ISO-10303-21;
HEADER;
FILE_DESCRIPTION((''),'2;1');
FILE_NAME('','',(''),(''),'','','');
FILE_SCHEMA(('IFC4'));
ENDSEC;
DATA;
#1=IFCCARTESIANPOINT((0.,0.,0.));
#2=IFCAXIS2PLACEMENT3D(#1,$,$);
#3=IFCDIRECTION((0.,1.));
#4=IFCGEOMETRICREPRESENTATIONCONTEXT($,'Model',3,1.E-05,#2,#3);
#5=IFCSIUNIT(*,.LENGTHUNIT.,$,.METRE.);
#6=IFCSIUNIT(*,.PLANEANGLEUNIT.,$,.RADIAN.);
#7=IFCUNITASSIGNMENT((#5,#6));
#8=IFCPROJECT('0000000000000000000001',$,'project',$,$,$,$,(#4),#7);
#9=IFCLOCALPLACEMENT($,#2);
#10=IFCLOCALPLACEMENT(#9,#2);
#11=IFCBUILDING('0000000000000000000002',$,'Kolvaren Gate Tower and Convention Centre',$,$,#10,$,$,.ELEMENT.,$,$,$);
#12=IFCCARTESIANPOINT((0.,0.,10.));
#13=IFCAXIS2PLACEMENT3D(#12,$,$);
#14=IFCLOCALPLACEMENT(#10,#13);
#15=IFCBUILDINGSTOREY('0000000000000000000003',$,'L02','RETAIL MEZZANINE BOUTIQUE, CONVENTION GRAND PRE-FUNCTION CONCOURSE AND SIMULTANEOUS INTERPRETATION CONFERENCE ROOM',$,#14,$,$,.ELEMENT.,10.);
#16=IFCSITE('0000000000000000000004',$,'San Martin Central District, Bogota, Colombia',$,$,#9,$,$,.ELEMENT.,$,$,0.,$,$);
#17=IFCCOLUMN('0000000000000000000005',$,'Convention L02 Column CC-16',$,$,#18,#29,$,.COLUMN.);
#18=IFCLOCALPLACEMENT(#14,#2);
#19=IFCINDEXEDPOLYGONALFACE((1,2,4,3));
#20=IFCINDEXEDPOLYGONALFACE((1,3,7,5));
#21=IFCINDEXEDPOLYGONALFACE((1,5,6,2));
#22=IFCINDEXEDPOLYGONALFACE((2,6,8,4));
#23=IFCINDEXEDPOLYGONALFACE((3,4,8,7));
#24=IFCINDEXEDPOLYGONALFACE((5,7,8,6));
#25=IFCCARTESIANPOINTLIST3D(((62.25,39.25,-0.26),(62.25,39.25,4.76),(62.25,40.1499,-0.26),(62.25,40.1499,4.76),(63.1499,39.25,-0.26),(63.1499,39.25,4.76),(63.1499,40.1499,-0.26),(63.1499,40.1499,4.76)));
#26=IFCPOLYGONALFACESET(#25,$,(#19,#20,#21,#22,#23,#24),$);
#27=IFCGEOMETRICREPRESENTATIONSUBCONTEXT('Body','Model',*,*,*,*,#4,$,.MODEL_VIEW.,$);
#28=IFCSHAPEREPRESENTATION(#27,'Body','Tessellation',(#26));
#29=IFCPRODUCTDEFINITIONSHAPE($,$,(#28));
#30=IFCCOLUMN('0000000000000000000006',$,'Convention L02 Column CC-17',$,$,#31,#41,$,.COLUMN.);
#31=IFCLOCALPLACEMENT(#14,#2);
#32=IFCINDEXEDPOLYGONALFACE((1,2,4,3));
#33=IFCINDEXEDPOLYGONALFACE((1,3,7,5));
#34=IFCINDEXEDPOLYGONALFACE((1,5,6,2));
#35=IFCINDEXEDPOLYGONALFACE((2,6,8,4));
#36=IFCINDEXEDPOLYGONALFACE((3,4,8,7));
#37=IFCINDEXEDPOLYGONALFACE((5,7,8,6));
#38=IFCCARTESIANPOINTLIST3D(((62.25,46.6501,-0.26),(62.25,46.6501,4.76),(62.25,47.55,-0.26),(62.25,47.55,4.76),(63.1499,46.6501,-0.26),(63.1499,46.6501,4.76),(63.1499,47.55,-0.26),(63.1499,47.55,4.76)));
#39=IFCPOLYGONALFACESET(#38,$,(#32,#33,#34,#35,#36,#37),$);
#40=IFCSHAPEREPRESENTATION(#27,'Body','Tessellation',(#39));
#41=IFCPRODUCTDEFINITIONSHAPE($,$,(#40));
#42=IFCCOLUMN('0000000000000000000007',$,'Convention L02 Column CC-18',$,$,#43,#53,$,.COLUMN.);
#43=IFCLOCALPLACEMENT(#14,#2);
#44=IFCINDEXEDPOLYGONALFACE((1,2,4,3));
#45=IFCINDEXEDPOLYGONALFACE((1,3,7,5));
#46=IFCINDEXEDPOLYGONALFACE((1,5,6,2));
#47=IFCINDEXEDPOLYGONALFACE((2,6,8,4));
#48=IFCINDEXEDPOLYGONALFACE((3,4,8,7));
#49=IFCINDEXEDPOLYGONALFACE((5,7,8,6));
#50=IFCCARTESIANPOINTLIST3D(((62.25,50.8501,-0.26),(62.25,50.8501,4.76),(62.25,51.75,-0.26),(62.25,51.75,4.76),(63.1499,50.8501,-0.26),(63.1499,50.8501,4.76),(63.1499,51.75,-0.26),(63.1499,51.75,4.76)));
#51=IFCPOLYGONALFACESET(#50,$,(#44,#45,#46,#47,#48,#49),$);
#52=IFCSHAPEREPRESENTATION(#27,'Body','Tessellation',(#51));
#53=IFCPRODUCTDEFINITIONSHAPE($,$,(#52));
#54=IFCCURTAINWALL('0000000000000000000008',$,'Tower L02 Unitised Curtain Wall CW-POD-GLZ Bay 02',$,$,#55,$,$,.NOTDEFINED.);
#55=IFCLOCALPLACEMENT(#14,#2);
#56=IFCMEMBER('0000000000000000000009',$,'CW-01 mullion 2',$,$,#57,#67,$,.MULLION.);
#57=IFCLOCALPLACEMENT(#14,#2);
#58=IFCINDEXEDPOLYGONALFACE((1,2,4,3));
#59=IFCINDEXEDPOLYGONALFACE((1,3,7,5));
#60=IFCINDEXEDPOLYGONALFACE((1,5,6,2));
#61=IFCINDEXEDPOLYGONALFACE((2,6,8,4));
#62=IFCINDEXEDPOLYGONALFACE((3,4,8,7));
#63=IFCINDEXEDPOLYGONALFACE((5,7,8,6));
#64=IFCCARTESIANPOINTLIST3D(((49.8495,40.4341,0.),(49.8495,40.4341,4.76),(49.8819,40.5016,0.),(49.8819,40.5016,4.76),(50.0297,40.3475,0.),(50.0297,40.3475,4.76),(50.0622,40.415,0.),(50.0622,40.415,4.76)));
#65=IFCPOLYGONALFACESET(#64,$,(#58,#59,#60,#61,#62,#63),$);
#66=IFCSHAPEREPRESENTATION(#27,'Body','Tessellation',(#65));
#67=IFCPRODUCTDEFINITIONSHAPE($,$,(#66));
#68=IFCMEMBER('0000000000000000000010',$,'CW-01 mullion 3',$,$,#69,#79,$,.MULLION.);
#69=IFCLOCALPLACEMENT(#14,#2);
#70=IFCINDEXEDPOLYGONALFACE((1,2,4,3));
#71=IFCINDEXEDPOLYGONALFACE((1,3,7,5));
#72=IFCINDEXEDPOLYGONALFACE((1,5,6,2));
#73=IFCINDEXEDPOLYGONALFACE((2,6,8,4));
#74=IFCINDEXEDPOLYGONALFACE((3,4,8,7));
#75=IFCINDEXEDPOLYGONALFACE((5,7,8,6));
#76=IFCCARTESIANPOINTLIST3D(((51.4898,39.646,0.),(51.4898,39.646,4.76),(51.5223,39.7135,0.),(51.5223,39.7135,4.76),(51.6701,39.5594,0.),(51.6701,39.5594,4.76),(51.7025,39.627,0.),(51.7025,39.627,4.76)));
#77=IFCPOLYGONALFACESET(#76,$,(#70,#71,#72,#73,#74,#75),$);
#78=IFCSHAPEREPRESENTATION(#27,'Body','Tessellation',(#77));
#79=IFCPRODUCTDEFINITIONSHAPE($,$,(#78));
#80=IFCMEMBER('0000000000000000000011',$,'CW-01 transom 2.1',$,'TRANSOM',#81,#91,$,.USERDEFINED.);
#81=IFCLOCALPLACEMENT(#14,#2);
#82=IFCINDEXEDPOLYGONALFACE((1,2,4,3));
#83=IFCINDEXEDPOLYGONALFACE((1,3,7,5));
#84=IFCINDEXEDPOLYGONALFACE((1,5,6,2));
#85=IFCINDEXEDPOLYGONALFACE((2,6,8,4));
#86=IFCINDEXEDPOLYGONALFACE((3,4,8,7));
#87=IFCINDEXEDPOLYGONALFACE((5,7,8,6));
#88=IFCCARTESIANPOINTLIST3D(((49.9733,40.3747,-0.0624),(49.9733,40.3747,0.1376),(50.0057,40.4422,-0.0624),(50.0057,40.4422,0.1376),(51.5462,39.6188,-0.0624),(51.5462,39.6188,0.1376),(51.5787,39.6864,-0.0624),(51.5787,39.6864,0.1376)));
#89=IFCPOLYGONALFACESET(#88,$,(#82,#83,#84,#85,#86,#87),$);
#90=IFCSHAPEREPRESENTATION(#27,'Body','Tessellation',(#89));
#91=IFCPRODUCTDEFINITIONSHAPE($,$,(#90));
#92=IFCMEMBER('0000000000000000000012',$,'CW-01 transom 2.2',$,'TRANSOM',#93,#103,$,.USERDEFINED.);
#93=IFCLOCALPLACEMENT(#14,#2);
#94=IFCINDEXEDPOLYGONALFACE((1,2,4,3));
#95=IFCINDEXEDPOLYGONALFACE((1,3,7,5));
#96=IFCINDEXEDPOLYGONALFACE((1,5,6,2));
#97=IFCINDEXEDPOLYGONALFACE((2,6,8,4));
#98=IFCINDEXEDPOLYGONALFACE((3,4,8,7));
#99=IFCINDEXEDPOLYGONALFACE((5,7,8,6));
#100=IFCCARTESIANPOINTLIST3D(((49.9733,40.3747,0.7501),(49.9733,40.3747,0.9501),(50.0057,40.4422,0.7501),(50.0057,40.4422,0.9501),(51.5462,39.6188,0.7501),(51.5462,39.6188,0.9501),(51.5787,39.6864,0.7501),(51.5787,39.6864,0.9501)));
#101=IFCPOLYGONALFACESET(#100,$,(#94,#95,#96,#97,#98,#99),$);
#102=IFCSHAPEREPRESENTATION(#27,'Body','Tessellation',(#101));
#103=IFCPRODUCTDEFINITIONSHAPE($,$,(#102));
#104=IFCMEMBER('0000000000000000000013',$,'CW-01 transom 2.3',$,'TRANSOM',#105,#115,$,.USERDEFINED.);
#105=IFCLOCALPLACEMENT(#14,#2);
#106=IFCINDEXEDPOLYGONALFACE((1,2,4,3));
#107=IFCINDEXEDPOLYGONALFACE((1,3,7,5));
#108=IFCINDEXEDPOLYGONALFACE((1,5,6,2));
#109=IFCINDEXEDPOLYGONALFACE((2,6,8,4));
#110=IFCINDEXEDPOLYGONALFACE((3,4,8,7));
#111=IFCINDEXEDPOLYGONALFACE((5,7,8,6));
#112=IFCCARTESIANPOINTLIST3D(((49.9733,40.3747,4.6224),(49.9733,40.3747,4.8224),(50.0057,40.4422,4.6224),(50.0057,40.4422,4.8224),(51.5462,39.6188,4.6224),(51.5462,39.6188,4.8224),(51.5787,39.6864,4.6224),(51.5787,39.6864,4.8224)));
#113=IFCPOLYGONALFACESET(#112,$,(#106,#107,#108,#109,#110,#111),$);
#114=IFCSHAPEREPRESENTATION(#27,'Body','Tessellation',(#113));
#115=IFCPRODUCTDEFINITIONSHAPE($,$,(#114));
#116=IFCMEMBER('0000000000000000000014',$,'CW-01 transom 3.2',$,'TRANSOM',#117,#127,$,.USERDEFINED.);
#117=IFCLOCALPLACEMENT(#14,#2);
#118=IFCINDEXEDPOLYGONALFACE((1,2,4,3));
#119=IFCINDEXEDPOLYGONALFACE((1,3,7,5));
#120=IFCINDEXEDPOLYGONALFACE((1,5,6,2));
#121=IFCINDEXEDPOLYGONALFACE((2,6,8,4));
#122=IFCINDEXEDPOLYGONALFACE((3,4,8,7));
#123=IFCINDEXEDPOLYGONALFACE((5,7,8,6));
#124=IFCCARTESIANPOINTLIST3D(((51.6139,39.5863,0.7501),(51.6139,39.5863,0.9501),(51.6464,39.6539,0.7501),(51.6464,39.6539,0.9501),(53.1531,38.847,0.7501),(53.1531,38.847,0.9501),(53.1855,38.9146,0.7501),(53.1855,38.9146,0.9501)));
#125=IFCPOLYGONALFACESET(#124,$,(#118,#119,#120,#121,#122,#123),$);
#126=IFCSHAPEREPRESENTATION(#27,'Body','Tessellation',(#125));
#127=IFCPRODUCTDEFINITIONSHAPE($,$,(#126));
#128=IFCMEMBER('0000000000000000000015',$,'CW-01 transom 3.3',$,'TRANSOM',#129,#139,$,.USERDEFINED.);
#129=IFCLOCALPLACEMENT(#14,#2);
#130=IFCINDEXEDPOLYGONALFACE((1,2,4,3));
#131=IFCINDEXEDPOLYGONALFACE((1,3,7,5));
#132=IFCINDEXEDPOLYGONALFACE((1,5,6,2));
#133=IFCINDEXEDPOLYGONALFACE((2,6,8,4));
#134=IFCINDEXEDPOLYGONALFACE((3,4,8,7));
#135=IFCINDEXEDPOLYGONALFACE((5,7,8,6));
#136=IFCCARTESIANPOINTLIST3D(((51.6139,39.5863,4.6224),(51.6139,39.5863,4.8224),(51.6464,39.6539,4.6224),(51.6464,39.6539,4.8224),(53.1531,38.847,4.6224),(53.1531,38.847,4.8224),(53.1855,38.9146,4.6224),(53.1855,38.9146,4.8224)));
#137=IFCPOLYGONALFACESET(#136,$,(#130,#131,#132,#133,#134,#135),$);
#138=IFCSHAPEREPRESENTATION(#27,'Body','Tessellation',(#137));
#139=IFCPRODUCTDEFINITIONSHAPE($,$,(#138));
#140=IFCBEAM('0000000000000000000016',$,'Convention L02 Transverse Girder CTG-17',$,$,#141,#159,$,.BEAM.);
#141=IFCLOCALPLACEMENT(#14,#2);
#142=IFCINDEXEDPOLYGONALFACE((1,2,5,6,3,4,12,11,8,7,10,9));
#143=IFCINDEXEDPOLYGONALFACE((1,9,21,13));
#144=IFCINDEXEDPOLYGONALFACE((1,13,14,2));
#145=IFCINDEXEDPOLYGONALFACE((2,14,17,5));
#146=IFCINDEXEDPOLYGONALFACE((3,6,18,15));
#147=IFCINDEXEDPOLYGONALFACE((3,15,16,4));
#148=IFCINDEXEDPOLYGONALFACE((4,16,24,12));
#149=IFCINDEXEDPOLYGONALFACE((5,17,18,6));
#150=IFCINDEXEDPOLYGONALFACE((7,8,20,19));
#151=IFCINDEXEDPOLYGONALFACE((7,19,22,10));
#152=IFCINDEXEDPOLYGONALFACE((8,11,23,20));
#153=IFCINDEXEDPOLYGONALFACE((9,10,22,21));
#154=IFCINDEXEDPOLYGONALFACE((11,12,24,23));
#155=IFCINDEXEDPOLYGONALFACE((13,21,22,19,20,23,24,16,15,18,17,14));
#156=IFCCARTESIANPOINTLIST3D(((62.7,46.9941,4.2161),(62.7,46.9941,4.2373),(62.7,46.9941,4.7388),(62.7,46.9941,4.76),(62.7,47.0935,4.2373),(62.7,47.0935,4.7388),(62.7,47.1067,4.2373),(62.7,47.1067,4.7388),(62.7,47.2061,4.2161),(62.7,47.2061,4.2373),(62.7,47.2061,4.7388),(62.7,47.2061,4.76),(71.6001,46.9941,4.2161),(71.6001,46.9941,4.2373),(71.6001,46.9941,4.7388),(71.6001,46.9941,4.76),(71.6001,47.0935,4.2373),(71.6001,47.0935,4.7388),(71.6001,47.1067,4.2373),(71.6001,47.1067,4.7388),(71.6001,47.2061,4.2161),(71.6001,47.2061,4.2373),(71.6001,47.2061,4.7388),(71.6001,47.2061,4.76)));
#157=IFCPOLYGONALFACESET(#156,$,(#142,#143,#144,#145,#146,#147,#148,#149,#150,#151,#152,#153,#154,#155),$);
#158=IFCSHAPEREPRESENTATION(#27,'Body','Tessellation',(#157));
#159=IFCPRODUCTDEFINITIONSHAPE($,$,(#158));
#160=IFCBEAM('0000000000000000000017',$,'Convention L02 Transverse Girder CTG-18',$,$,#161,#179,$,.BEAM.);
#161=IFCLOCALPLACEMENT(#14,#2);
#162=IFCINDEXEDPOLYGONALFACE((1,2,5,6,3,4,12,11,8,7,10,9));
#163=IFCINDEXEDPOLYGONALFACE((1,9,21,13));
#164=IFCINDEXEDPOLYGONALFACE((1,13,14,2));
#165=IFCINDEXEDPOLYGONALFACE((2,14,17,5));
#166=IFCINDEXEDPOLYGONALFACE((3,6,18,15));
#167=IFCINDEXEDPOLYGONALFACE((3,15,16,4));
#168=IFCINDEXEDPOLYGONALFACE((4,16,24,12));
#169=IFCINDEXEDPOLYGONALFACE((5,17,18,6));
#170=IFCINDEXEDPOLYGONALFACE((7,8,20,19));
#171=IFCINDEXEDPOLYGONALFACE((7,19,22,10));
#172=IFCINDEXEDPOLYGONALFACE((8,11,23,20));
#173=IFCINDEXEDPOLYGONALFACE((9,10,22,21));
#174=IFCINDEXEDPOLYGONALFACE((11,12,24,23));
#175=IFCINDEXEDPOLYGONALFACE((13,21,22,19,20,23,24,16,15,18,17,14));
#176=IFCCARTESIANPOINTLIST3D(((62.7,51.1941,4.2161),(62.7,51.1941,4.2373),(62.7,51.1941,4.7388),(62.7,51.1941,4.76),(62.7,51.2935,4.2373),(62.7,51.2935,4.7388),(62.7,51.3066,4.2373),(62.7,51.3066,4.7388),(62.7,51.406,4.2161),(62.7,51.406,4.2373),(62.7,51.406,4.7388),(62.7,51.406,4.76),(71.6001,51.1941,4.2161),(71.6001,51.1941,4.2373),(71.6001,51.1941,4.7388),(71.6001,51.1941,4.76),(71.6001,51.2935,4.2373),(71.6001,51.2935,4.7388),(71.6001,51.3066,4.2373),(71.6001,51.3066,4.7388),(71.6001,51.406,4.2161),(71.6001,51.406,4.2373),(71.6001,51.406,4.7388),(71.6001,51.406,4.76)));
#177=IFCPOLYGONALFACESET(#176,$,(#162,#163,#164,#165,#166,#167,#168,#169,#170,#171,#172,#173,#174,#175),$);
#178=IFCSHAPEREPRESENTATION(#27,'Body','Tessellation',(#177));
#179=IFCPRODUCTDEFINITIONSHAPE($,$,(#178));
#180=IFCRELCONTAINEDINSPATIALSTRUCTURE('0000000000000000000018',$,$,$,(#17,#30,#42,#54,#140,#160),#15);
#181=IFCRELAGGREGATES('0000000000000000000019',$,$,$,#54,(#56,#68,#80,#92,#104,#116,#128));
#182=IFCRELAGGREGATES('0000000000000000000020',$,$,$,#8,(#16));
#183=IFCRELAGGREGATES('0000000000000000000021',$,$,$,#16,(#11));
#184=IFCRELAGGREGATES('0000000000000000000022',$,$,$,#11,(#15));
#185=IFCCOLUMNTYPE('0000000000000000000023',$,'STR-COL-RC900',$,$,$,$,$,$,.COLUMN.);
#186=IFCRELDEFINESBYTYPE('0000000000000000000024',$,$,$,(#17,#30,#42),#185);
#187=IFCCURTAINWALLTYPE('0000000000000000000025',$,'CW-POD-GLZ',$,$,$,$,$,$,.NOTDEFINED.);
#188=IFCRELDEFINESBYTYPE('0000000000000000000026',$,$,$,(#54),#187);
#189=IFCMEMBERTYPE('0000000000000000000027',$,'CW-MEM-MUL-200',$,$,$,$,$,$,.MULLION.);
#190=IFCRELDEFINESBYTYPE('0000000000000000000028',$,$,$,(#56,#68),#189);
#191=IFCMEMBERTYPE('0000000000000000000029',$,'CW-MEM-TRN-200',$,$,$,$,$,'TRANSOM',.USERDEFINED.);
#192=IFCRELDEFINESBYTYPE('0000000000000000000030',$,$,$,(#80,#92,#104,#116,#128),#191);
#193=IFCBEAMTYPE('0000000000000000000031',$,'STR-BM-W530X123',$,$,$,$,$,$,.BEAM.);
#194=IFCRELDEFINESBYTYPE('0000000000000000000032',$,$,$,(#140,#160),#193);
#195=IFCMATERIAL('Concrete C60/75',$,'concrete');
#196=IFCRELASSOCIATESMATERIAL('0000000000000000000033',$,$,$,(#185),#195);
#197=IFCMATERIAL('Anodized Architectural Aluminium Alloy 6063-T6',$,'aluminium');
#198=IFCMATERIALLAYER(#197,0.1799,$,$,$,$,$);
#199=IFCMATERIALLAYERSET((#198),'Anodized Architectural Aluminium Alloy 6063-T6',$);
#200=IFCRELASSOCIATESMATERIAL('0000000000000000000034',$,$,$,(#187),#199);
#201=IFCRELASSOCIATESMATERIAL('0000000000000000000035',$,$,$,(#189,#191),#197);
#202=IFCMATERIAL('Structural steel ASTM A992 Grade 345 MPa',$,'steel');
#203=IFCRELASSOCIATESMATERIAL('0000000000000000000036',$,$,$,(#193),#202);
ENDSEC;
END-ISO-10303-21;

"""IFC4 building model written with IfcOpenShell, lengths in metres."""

from ifc_helpers import new_model, si_unit, direction, frame, origin, origin_2d, place, context, subcontext, project, spatial, rectangle, i_section, extrude, material, layer, layer_set, material_profile, profile_set, type_object, element, aggregate, save


model = new_model("IFC4")

# Units and contexts
model_context = context("Model", 3, precision=1e-05, world=origin(), true_north=direction((0.0, 1.0)))
body_context = subcontext(model_context, "Body", "Model", "MODEL_VIEW")
ifc_project = project(units=[si_unit("LENGTHUNIT", "METRE"), si_unit("PLANEANGLEUNIT", "RADIAN")], contexts=[model_context])

# Site, building, storey
site_placement = place(None, origin())
site = spatial("IfcSite", under=ifc_project, at=site_placement, Name="San Martin Central District, Bogota, Colombia", CompositionType="ELEMENT", RefElevation=0.0)
building_placement = place(site_placement, origin())
building = spatial("IfcBuilding", under=site, at=building_placement, Name="Kolvaren Gate Tower and Convention Centre", CompositionType="ELEMENT")
storey_placement = place(building_placement, frame((0.0, 0.0, 10.0)))
storey = spatial("IfcBuildingStorey", under=building, at=storey_placement, Name="L02", Description="RETAIL MEZZANINE BOUTIQUE, CONVENTION GRAND PRE-FUNCTION CONCOURSE AND SIMULTANEOUS INTERPRETATION CONFERENCE ROOM", CompositionType="ELEMENT", Elevation=10.0)

# Columns
ifc_material_1 = material(Name="Concrete C60/75", Category="concrete")
ifc_material_profile_1 = material_profile(ifc_material_1, rectangle(XDim=0.8999, YDim=0.8999, at=origin_2d()), Name="RC-COL-900X900")
ifc_profile_set_1 = profile_set([ifc_material_profile_1], Name="Concrete C60/75")
column_type = type_object("IfcColumnType", Name="STR-COL-RC900", PredefinedType="COLUMN", material=ifc_profile_set_1)
for number, where, z_axis, x_axis, name in (
    (1, (62.7, 39.7, -0.26), (0.0, 0.0, 1.0), (1.0, 0.0, 0.0), "Convention L02 Column CC-16"),
    (2, (62.7, 47.1001, -0.26), (0.0, 0.0, 1.0), (1.0, 0.0, 0.0), "Convention L02 Column CC-17"),
    (3, (62.7, 51.3, -0.26), (0.0, 0.0, 1.0), (1.0, 0.0, 0.0), "Convention L02 Column CC-18"),
):
    element("IfcColumn", number, at=place(storey_placement, frame(where, z_axis=z_axis, x_axis=x_axis)), inside=storey, type_object=column_type, Name=name, PredefinedType="COLUMN", context=body_context, shape_type="SweptSolid", body=[
        extrude(rectangle(XDim=0.8999, YDim=0.8999, at=origin_2d()), origin(), (0.0, 0.0, 1.0), 5.02),
    ])

# Curtain wall, members
ifc_material_2 = material(Name="Anodized Architectural Aluminium Alloy 6063-T6", Category="aluminium")
ifc_layer_1 = layer(ifc_material_2, 0.1799)
ifc_layer_set_1 = layer_set([ifc_layer_1], Name="Anodized Architectural Aluminium Alloy 6063-T6")
curtain_wall_type = type_object("IfcCurtainWallType", Name="CW-POD-GLZ", PredefinedType="NOTDEFINED", material=ifc_layer_set_1)
curtain_wall_placement = place(storey_placement, origin())
curtain_wall = element("IfcCurtainWall", 4, at=curtain_wall_placement, inside=storey, type_object=curtain_wall_type, Name="Tower L02 Unitised Curtain Wall CW-POD-GLZ Bay 02", PredefinedType="NOTDEFINED")
ifc_material_profile_2 = material_profile(ifc_material_2, rectangle(XDim=0.075, YDim=0.2, at=origin_2d()), Name="CW-MEM-MUL-200")
ifc_profile_set_2 = profile_set([ifc_material_profile_2], Name="Anodized Architectural Aluminium Alloy 6063-T6")
member_type_1 = type_object("IfcMemberType", Name="CW-MEM-MUL-200", PredefinedType="MULLION", material=ifc_profile_set_2)
member_1_placement = place(storey_placement, frame((49.9558, 40.4246, 0.0), z_axis=(0.0, 0.0, 1.0), x_axis=(0.433063, 0.901364, 0.0)))
member_1 = element("IfcMember", 5, at=member_1_placement, type_object=member_type_1, Name="CW-01 mullion 2", PredefinedType="MULLION", context=body_context, shape_type="SweptSolid", body=[
    extrude(rectangle(XDim=0.075, YDim=0.2, at=origin_2d()), origin(), (0.0, 0.0, 1.0), 4.76),
])
member_2_placement = place(storey_placement, frame((51.5962, 39.6365, 0.0), z_axis=(0.0, 0.0, 1.0), x_axis=(0.433063, 0.901364, 0.0)))
member_2 = element("IfcMember", 6, at=member_2_placement, type_object=member_type_1, Name="CW-01 mullion 3", PredefinedType="MULLION", context=body_context, shape_type="SweptSolid", body=[
    extrude(rectangle(XDim=0.075, YDim=0.2, at=origin_2d()), origin(), (0.0, 0.0, 1.0), 4.76),
])
ifc_material_profile_3 = material_profile(ifc_material_2, rectangle(XDim=0.075, YDim=0.2, at=origin_2d()), Name="CW-MEM-TRN-200")
ifc_profile_set_3 = profile_set([ifc_material_profile_3], Name="Anodized Architectural Aluminium Alloy 6063-T6")
member_type_2 = type_object("IfcMemberType", Name="CW-MEM-TRN-200", ElementType="TRANSOM", PredefinedType="USERDEFINED", material=ifc_profile_set_3)
member_3_placement = place(storey_placement, frame((49.9895, 40.4084, 0.0376), z_axis=(0.90134, -0.433113, 0.0), x_axis=(0.433113, 0.90134, 0.0)))
member_3 = element("IfcMember", 7, at=member_3_placement, type_object=member_type_2, Name="CW-01 transom 2.1", ObjectType="TRANSOM", PredefinedType="USERDEFINED", context=body_context, shape_type="SweptSolid", body=[
    extrude(rectangle(XDim=0.075, YDim=0.2, at=origin_2d()), origin(), (0.0, 0.0, 1.0), 1.7451),
])
member_4_placement = place(storey_placement, frame((49.9895, 40.4084, 0.8501), z_axis=(0.90134, -0.433113, 0.0), x_axis=(0.433113, 0.90134, 0.0)))
member_4 = element("IfcMember", 8, at=member_4_placement, type_object=member_type_2, Name="CW-01 transom 2.2", ObjectType="TRANSOM", PredefinedType="USERDEFINED", context=body_context, shape_type="SweptSolid", body=[
    extrude(rectangle(XDim=0.075, YDim=0.2, at=origin_2d()), origin(), (0.0, 0.0, 1.0), 1.7451),
])
member_5_placement = place(storey_placement, frame((49.9895, 40.4084, 4.7224), z_axis=(0.90134, -0.433113, 0.0), x_axis=(0.433113, 0.90134, 0.0)))
member_5 = element("IfcMember", 9, at=member_5_placement, type_object=member_type_2, Name="CW-01 transom 2.3", ObjectType="TRANSOM", PredefinedType="USERDEFINED", context=body_context, shape_type="SweptSolid", body=[
    extrude(rectangle(XDim=0.075, YDim=0.2, at=origin_2d()), origin(), (0.0, 0.0, 1.0), 1.7451),
])
member_6_placement = place(storey_placement, frame((51.6301, 39.6201, 0.8501), z_axis=(0.901407, -0.432973, 0.0), x_axis=(0.432973, 0.901407, 0.0)))
member_6 = element("IfcMember", 10, at=member_6_placement, type_object=member_type_2, Name="CW-01 transom 3.2", ObjectType="TRANSOM", PredefinedType="USERDEFINED", context=body_context, shape_type="SweptSolid", body=[
    extrude(rectangle(XDim=0.075, YDim=0.2, at=origin_2d()), origin(), (0.0, 0.0, 1.0), 1.7075),
])
member_7_placement = place(storey_placement, frame((51.6301, 39.6201, 4.7224), z_axis=(0.901407, -0.432973, 0.0), x_axis=(0.432973, 0.901407, 0.0)))
member_7 = element("IfcMember", 11, at=member_7_placement, type_object=member_type_2, Name="CW-01 transom 3.3", ObjectType="TRANSOM", PredefinedType="USERDEFINED", context=body_context, shape_type="SweptSolid", body=[
    extrude(rectangle(XDim=0.075, YDim=0.2, at=origin_2d()), origin(), (0.0, 0.0, 1.0), 1.7075),
])

# Beams
ifc_material_3 = material(Name="Structural steel ASTM A992 Grade 345 MPa", Category="steel")
ifc_material_profile_4 = material_profile(ifc_material_3, i_section(OverallWidth=0.2119, OverallDepth=0.5439, WebThickness=0.0132, FlangeThickness=0.0212, at=origin_2d()), Name="W530X123")
ifc_profile_set_4 = profile_set([ifc_material_profile_4], Name="Structural steel ASTM A992 Grade 345 MPa")
beam_type_1 = type_object("IfcBeamType", Name="STR-BM-W530X123", PredefinedType="BEAM", material=ifc_profile_set_4)
for number, where, z_axis, x_axis, name in (
    (12, (62.7, 47.1001, 4.488), (1.0, 0.0, 0.0), (0.0, 1.0, 0.0), "Convention L02 Transverse Girder CTG-17"),
    (13, (62.7, 51.3, 4.488), (1.0, 0.0, 0.0), (0.0, 1.0, 0.0), "Convention L02 Transverse Girder CTG-18"),
):
    element("IfcBeam", number, at=place(storey_placement, frame(where, z_axis=z_axis, x_axis=x_axis)), inside=storey, type_object=beam_type_1, Name=name, PredefinedType="BEAM", context=body_context, shape_type="SweptSolid", body=[
        extrude(i_section(OverallWidth=0.2119, OverallDepth=0.5439, WebThickness=0.0132, FlangeThickness=0.0212, at=origin_2d()), origin(), (0.0, 0.0, 1.0), 8.9001),
    ])

aggregate(curtain_wall, [member_1, member_2, member_3, member_4, member_5, member_6, member_7])

save(model, "model.ifc")
